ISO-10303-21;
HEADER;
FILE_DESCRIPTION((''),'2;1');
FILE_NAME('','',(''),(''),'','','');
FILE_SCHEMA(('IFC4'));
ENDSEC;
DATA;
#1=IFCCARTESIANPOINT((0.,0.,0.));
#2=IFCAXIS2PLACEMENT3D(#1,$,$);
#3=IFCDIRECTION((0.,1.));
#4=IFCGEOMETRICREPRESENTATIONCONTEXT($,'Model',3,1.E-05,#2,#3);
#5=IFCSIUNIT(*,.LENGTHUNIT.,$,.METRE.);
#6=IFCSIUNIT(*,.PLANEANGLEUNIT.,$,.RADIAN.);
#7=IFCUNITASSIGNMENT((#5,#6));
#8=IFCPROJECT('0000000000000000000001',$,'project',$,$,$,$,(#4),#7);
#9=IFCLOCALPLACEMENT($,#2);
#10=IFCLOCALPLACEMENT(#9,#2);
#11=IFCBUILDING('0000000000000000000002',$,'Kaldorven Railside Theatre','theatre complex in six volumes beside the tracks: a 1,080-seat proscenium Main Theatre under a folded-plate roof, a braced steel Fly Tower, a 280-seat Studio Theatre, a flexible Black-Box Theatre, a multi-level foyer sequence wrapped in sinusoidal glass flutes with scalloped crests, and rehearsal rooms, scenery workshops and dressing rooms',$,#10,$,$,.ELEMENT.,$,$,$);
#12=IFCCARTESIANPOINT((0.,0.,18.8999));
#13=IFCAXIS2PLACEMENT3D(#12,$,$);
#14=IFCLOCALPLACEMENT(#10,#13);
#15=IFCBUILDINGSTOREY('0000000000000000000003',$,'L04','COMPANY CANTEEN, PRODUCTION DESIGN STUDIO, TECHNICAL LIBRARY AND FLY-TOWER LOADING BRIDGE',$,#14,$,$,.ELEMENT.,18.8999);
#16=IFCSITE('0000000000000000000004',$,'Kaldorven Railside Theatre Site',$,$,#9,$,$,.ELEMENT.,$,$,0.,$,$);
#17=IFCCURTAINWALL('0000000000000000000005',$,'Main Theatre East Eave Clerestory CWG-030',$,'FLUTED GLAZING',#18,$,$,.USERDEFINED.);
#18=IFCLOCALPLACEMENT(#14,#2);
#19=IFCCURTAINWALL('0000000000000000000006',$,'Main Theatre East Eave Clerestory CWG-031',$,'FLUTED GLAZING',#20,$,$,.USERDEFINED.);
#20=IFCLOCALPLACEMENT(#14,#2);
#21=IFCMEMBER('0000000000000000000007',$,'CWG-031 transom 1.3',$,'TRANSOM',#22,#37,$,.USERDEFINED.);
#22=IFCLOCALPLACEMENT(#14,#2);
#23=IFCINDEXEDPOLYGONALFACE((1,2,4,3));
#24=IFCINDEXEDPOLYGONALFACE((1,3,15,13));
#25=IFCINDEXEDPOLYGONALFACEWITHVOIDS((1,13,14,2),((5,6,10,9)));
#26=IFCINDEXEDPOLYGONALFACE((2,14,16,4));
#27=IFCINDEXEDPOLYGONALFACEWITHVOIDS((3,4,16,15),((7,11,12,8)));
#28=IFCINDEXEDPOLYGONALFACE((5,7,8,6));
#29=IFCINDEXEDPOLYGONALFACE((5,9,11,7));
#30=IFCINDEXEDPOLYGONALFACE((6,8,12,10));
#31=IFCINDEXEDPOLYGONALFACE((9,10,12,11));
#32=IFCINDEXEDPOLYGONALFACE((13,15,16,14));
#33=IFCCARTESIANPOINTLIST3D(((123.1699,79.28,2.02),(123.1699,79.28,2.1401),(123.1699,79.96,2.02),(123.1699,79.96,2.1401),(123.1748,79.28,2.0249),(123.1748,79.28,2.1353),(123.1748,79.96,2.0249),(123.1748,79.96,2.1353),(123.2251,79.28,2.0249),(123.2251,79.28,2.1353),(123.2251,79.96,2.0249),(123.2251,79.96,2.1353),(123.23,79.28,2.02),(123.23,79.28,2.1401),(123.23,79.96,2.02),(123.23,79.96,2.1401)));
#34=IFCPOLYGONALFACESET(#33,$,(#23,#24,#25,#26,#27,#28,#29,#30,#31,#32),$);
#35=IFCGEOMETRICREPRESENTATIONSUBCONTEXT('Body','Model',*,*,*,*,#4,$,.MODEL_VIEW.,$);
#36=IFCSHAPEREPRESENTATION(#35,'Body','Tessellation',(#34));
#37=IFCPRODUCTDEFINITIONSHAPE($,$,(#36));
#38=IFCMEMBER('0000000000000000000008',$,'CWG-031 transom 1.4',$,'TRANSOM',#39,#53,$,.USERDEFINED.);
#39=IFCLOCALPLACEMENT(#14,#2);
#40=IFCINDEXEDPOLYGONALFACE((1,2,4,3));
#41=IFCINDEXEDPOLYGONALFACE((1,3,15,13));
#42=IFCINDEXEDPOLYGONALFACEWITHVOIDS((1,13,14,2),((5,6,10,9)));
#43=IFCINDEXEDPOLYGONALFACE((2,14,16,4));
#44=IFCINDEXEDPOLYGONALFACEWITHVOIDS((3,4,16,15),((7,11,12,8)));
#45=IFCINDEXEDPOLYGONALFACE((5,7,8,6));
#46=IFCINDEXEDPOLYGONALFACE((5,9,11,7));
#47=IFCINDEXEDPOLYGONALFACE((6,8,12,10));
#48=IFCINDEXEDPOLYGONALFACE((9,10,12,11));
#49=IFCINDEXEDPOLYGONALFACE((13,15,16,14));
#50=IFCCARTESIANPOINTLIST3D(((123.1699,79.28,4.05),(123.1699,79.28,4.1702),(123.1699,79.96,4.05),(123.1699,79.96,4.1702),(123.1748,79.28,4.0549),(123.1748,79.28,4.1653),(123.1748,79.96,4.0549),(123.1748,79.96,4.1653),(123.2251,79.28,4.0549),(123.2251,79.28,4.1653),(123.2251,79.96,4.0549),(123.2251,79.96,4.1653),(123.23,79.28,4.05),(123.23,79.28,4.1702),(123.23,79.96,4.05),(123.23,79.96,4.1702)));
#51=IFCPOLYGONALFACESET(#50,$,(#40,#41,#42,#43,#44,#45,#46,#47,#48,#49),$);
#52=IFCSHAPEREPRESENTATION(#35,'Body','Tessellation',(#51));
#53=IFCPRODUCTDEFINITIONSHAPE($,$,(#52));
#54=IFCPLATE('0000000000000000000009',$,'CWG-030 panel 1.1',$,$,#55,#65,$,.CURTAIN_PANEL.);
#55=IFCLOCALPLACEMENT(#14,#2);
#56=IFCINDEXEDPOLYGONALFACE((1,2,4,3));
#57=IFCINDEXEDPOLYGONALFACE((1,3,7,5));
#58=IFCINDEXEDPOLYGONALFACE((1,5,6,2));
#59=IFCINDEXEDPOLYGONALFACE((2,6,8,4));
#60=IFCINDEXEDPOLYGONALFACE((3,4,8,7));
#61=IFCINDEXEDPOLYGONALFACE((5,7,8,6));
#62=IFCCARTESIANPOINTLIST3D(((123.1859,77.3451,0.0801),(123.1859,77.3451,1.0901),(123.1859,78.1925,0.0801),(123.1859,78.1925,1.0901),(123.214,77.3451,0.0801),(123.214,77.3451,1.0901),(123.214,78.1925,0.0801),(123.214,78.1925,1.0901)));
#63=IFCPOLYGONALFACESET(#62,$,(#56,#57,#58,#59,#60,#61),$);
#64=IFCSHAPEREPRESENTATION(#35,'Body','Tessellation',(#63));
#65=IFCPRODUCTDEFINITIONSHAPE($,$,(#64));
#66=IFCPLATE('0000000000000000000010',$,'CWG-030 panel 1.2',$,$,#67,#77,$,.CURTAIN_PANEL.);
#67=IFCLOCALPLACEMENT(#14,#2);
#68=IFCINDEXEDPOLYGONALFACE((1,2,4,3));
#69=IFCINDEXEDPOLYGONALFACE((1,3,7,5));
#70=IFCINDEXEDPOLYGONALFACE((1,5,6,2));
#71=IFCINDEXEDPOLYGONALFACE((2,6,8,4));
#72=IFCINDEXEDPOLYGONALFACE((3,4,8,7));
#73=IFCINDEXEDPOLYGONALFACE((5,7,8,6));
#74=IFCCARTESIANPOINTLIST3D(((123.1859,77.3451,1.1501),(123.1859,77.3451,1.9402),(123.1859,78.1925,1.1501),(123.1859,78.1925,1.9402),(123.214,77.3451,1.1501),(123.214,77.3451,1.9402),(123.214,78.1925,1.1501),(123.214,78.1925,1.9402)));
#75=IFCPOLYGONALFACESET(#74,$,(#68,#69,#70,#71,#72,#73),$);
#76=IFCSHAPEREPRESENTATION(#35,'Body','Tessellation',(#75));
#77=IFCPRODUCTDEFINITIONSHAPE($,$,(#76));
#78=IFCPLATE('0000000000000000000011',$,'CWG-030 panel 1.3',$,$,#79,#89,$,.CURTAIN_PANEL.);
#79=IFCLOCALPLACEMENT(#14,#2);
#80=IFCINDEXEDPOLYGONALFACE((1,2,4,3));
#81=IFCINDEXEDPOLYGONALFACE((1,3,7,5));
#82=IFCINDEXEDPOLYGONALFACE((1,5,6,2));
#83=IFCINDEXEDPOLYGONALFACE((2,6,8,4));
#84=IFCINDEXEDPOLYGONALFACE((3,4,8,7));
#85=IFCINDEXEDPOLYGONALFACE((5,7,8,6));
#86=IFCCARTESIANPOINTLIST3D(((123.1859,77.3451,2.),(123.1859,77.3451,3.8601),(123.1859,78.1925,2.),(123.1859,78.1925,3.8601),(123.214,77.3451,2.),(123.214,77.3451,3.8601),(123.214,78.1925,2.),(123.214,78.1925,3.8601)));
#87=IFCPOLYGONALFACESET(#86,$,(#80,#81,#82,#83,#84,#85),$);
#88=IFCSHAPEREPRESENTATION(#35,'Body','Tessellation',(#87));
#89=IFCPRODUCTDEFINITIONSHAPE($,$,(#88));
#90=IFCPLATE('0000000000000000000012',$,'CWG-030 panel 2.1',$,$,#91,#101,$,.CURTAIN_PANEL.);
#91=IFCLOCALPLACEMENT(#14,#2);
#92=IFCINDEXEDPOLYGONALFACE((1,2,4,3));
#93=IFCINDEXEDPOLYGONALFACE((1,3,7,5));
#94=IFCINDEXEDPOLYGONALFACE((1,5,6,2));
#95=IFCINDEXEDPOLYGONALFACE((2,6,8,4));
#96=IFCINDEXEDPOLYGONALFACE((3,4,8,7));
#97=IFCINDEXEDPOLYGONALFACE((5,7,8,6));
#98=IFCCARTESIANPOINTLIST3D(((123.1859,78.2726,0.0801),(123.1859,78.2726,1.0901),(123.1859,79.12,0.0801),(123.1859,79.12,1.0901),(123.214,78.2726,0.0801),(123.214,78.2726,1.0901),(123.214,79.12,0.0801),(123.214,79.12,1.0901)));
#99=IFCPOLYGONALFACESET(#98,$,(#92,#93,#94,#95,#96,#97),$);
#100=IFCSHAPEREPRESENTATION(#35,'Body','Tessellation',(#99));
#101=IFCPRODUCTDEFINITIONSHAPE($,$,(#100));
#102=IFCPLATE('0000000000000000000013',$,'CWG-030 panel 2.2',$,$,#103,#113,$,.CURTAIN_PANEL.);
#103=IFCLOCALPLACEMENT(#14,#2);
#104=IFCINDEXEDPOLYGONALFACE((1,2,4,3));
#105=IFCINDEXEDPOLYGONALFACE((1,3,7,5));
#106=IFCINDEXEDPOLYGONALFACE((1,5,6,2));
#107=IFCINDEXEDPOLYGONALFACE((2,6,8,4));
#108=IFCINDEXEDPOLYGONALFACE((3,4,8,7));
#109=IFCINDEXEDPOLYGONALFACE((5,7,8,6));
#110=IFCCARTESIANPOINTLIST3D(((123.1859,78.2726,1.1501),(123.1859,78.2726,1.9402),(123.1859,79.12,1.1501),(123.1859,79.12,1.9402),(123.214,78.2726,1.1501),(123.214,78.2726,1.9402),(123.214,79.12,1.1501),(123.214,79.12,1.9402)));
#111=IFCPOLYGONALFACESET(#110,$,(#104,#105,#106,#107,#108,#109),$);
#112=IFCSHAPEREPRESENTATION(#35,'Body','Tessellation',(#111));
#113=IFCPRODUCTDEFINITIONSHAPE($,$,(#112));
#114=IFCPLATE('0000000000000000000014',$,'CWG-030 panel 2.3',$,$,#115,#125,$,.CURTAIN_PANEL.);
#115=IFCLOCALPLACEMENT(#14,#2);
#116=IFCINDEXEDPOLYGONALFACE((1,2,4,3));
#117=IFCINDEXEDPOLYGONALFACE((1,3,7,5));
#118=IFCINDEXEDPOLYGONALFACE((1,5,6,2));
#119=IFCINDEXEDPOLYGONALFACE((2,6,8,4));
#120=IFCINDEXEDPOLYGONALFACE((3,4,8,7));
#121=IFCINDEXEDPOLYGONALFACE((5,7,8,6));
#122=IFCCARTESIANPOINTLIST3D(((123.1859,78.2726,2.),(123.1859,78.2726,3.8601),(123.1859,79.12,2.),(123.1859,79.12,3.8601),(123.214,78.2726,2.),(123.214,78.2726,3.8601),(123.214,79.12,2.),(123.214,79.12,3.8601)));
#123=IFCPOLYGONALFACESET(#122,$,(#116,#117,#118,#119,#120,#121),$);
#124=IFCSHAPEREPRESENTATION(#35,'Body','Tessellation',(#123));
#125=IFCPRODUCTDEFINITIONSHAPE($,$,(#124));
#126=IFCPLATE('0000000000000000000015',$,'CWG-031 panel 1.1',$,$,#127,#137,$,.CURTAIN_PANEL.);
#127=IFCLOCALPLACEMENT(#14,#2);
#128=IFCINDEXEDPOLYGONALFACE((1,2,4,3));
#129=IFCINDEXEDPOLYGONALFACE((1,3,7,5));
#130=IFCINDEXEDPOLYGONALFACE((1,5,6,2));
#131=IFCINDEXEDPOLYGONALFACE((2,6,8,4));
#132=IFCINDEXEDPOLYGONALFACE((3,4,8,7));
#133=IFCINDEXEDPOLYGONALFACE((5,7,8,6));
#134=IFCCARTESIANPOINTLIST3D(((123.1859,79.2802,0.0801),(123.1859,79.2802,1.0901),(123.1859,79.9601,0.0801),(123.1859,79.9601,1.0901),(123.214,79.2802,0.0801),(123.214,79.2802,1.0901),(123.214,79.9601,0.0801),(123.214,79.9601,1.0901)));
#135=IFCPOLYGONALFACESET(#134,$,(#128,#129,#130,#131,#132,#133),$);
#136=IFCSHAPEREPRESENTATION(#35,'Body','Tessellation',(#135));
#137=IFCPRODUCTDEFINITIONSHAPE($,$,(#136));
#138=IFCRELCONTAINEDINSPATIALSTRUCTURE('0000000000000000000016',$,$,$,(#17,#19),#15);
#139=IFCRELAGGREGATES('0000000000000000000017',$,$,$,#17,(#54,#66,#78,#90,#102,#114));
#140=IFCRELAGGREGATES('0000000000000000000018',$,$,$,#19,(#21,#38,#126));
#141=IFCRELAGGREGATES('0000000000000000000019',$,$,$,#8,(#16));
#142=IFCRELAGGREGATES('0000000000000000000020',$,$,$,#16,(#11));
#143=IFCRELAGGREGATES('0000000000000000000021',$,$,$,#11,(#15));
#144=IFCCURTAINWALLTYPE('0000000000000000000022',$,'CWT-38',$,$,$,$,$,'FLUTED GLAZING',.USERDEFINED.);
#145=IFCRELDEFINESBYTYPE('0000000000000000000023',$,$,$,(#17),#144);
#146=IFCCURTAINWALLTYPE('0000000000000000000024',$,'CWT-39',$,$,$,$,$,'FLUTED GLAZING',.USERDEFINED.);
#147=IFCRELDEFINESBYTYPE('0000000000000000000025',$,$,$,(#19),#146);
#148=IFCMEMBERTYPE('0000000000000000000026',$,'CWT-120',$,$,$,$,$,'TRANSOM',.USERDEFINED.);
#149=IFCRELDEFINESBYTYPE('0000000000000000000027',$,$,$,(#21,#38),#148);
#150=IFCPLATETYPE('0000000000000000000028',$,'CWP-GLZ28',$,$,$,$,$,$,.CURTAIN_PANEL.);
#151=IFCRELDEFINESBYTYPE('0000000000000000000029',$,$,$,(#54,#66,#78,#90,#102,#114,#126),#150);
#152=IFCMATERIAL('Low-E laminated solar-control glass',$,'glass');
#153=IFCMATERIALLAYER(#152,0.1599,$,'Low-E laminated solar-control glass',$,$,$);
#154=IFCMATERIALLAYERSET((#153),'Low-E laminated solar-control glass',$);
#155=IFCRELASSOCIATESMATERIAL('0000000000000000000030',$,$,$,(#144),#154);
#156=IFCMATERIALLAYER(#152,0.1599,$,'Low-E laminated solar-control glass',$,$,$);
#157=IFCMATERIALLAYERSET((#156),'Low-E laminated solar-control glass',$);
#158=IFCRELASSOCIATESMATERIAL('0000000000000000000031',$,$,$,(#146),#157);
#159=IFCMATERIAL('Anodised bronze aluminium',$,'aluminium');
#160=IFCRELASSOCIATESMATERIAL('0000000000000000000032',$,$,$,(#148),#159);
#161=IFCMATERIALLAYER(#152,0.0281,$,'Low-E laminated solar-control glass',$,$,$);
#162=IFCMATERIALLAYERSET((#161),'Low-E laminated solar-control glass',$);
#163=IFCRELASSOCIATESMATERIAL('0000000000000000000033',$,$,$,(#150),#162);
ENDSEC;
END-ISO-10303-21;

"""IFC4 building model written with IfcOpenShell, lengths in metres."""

from ifc_helpers import new_model, si_unit, direction, frame, origin, origin_2d, place, context, subcontext, project, spatial, rectangle, hollow_rectangle, extrude, material, layer, layer_set, material_profile, profile_set, type_object, element, aggregate, save


model = new_model("IFC4")

# Units and contexts
model_context = context("Model", 3, precision=1e-05, world=origin(), true_north=direction((0.0, 1.0)))
body_context = subcontext(model_context, "Body", "Model", "MODEL_VIEW")
ifc_project = project(units=[si_unit("LENGTHUNIT", "METRE"), si_unit("PLANEANGLEUNIT", "RADIAN")], contexts=[model_context])

# Site, building, storey
site_placement = place(None, origin())
site = spatial("IfcSite", under=ifc_project, at=site_placement, Name="Kaldorven Railside Theatre Site", CompositionType="ELEMENT", RefElevation=0.0)
building_placement = place(site_placement, origin())
building = spatial("IfcBuilding", under=site, at=building_placement, Name="Kaldorven Railside Theatre", Description="theatre complex in six volumes beside the tracks: a 1,080-seat proscenium Main Theatre under a folded-plate roof, a braced steel Fly Tower, a 280-seat Studio Theatre, a flexible Black-Box Theatre, a multi-level foyer sequence wrapped in sinusoidal glass flutes with scalloped crests, and rehearsal rooms, scenery workshops and dressing rooms", CompositionType="ELEMENT")
storey_placement = place(building_placement, frame((0.0, 0.0, 18.8999)))
storey = spatial("IfcBuildingStorey", under=building, at=storey_placement, Name="L04", Description="COMPANY CANTEEN, PRODUCTION DESIGN STUDIO, TECHNICAL LIBRARY AND FLY-TOWER LOADING BRIDGE", CompositionType="ELEMENT", Elevation=18.8999)

# Curtain wall
ifc_material_1 = material(Name="Low-E laminated solar-control glass", Category="glass")
ifc_layer_1 = layer(ifc_material_1, 0.1599, Name="Low-E laminated solar-control glass")
ifc_layer_set_1 = layer_set([ifc_layer_1], Name="Low-E laminated solar-control glass")
curtain_wall_type_1 = type_object("IfcCurtainWallType", Name="CWT-38", ElementType="FLUTED GLAZING", PredefinedType="USERDEFINED", material=ifc_layer_set_1)
curtain_wall_1_placement = place(storey_placement, origin())
curtain_wall_1 = element("IfcCurtainWall", 1, at=curtain_wall_1_placement, inside=storey, type_object=curtain_wall_type_1, Name="Main Theatre East Eave Clerestory CWG-030", ObjectType="FLUTED GLAZING", PredefinedType="USERDEFINED")
ifc_material_2 = material(Name="Anodised bronze aluminium", Category="aluminium")

# Curtain wall
ifc_layer_2 = layer(ifc_material_1, 0.1599, Name="Low-E laminated solar-control glass")
ifc_layer_set_2 = layer_set([ifc_layer_2], Name="Low-E laminated solar-control glass")
curtain_wall_type_2 = type_object("IfcCurtainWallType", Name="CWT-39", ElementType="FLUTED GLAZING", PredefinedType="USERDEFINED", material=ifc_layer_set_2)
curtain_wall_2_placement = place(storey_placement, origin())
curtain_wall_2 = element("IfcCurtainWall", 2, at=curtain_wall_2_placement, inside=storey, type_object=curtain_wall_type_2, Name="Main Theatre East Eave Clerestory CWG-031", ObjectType="FLUTED GLAZING", PredefinedType="USERDEFINED")

# Members
ifc_material_profile_1 = material_profile(ifc_material_2, hollow_rectangle(XDim=0.0601, YDim=0.1201, WallThickness=0.0049, at=origin_2d()), Name="RHS 120x60x5")
ifc_profile_set_1 = profile_set([ifc_material_profile_1], Name="Anodised bronze aluminium")
member_type_1 = type_object("IfcMemberType", Name="CWT-120", ElementType="TRANSOM", PredefinedType="USERDEFINED", material=ifc_profile_set_1)
member_1_placement = place(storey_placement, frame((123.2, 79.28, 2.0801), z_axis=(0.0, 1.0, 0.0), x_axis=(-1.0, 0.0, 0.0)))
member_1 = element("IfcMember", 3, at=member_1_placement, type_object=member_type_1, Name="CWG-031 transom 1.3", ObjectType="TRANSOM", PredefinedType="USERDEFINED", context=body_context, shape_type="SweptSolid", body=[
    extrude(hollow_rectangle(XDim=0.0601, YDim=0.1201, WallThickness=0.0049, at=origin_2d()), origin(), (0.0, 0.0, 1.0), 0.6799),
])
member_2_placement = place(storey_placement, frame((123.2, 79.28, 4.1101), z_axis=(0.0, 1.0, 0.0), x_axis=(-1.0, 0.0, 0.0)))
member_2 = element("IfcMember", 4, at=member_2_placement, type_object=member_type_1, Name="CWG-031 transom 1.4", ObjectType="TRANSOM", PredefinedType="USERDEFINED", context=body_context, shape_type="SweptSolid", body=[
    extrude(hollow_rectangle(XDim=0.0601, YDim=0.1201, WallThickness=0.0049, at=origin_2d()), origin(), (0.0, 0.0, 1.0), 0.6799),
])

# Plates
ifc_layer_3 = layer(ifc_material_1, 0.0281, Name="Low-E laminated solar-control glass")
ifc_layer_set_3 = layer_set([ifc_layer_3], Name="Low-E laminated solar-control glass")
plate_type = type_object("IfcPlateType", Name="CWP-GLZ28", PredefinedType="CURTAIN_PANEL", material=ifc_layer_set_3)
plate_1_placement = place(storey_placement, frame((123.2, 77.7688, 0.0801), z_axis=(0.0, 0.0, 1.0), x_axis=(0.0, 1.0, 0.0)))
plate_1 = element("IfcPlate", 5, at=plate_1_placement, type_object=plate_type, Name="CWG-030 panel 1.1", PredefinedType="CURTAIN_PANEL", context=body_context, shape_type="SweptSolid", body=[
    extrude(rectangle(XDim=0.8474, YDim=0.0281, at=origin_2d()), origin(), (0.0, 0.0, 1.0), 1.01),
])
plate_2_placement = place(storey_placement, frame((123.2, 77.7688, 1.1501), z_axis=(0.0, 0.0, 1.0), x_axis=(0.0, 1.0, 0.0)))
plate_2 = element("IfcPlate", 6, at=plate_2_placement, type_object=plate_type, Name="CWG-030 panel 1.2", PredefinedType="CURTAIN_PANEL", context=body_context, shape_type="SweptSolid", body=[
    extrude(rectangle(XDim=0.8474, YDim=0.0281, at=origin_2d()), origin(), (0.0, 0.0, 1.0), 0.79),
])
plate_3_placement = place(storey_placement, frame((123.2, 77.7688, 2.0), z_axis=(0.0, 0.0, 1.0), x_axis=(0.0, 1.0, 0.0)))
plate_3 = element("IfcPlate", 7, at=plate_3_placement, type_object=plate_type, Name="CWG-030 panel 1.3", PredefinedType="CURTAIN_PANEL", context=body_context, shape_type="SweptSolid", body=[
    extrude(rectangle(XDim=0.8474, YDim=0.0281, at=origin_2d()), origin(), (0.0, 0.0, 1.0), 1.8601),
])
plate_4_placement = place(storey_placement, frame((123.2, 78.6963, 0.0801), z_axis=(0.0, 0.0, 1.0), x_axis=(0.0, 1.0, 0.0)))
plate_4 = element("IfcPlate", 8, at=plate_4_placement, type_object=plate_type, Name="CWG-030 panel 2.1", PredefinedType="CURTAIN_PANEL", context=body_context, shape_type="SweptSolid", body=[
    extrude(rectangle(XDim=0.8474, YDim=0.0281, at=origin_2d()), origin(), (0.0, 0.0, 1.0), 1.01),
])
plate_5_placement = place(storey_placement, frame((123.2, 78.6963, 1.1501), z_axis=(0.0, 0.0, 1.0), x_axis=(0.0, 1.0, 0.0)))
plate_5 = element("IfcPlate", 9, at=plate_5_placement, type_object=plate_type, Name="CWG-030 panel 2.2", PredefinedType="CURTAIN_PANEL", context=body_context, shape_type="SweptSolid", body=[
    extrude(rectangle(XDim=0.8474, YDim=0.0281, at=origin_2d()), origin(), (0.0, 0.0, 1.0), 0.79),
])
plate_6_placement = place(storey_placement, frame((123.2, 78.6963, 2.0), z_axis=(0.0, 0.0, 1.0), x_axis=(0.0, 1.0, 0.0)))
plate_6 = element("IfcPlate", 10, at=plate_6_placement, type_object=plate_type, Name="CWG-030 panel 2.3", PredefinedType="CURTAIN_PANEL", context=body_context, shape_type="SweptSolid", body=[
    extrude(rectangle(XDim=0.8474, YDim=0.0281, at=origin_2d()), origin(), (0.0, 0.0, 1.0), 1.8601),
])
aggregate(curtain_wall_1, [plate_1, plate_2, plate_3, plate_4, plate_5, plate_6])
plate_7_placement = place(storey_placement, frame((123.2, 79.6201, 0.0801), z_axis=(0.0, 0.0, 1.0), x_axis=(0.0, 1.0, 0.0)))
plate_7 = element("IfcPlate", 11, at=plate_7_placement, type_object=plate_type, Name="CWG-031 panel 1.1", PredefinedType="CURTAIN_PANEL", context=body_context, shape_type="SweptSolid", body=[
    extrude(rectangle(XDim=0.6799, YDim=0.0281, at=origin_2d()), origin(), (0.0, 0.0, 1.0), 1.01),
])
aggregate(curtain_wall_2, [member_1, member_2, plate_7])

save(model, "model.ifc")
